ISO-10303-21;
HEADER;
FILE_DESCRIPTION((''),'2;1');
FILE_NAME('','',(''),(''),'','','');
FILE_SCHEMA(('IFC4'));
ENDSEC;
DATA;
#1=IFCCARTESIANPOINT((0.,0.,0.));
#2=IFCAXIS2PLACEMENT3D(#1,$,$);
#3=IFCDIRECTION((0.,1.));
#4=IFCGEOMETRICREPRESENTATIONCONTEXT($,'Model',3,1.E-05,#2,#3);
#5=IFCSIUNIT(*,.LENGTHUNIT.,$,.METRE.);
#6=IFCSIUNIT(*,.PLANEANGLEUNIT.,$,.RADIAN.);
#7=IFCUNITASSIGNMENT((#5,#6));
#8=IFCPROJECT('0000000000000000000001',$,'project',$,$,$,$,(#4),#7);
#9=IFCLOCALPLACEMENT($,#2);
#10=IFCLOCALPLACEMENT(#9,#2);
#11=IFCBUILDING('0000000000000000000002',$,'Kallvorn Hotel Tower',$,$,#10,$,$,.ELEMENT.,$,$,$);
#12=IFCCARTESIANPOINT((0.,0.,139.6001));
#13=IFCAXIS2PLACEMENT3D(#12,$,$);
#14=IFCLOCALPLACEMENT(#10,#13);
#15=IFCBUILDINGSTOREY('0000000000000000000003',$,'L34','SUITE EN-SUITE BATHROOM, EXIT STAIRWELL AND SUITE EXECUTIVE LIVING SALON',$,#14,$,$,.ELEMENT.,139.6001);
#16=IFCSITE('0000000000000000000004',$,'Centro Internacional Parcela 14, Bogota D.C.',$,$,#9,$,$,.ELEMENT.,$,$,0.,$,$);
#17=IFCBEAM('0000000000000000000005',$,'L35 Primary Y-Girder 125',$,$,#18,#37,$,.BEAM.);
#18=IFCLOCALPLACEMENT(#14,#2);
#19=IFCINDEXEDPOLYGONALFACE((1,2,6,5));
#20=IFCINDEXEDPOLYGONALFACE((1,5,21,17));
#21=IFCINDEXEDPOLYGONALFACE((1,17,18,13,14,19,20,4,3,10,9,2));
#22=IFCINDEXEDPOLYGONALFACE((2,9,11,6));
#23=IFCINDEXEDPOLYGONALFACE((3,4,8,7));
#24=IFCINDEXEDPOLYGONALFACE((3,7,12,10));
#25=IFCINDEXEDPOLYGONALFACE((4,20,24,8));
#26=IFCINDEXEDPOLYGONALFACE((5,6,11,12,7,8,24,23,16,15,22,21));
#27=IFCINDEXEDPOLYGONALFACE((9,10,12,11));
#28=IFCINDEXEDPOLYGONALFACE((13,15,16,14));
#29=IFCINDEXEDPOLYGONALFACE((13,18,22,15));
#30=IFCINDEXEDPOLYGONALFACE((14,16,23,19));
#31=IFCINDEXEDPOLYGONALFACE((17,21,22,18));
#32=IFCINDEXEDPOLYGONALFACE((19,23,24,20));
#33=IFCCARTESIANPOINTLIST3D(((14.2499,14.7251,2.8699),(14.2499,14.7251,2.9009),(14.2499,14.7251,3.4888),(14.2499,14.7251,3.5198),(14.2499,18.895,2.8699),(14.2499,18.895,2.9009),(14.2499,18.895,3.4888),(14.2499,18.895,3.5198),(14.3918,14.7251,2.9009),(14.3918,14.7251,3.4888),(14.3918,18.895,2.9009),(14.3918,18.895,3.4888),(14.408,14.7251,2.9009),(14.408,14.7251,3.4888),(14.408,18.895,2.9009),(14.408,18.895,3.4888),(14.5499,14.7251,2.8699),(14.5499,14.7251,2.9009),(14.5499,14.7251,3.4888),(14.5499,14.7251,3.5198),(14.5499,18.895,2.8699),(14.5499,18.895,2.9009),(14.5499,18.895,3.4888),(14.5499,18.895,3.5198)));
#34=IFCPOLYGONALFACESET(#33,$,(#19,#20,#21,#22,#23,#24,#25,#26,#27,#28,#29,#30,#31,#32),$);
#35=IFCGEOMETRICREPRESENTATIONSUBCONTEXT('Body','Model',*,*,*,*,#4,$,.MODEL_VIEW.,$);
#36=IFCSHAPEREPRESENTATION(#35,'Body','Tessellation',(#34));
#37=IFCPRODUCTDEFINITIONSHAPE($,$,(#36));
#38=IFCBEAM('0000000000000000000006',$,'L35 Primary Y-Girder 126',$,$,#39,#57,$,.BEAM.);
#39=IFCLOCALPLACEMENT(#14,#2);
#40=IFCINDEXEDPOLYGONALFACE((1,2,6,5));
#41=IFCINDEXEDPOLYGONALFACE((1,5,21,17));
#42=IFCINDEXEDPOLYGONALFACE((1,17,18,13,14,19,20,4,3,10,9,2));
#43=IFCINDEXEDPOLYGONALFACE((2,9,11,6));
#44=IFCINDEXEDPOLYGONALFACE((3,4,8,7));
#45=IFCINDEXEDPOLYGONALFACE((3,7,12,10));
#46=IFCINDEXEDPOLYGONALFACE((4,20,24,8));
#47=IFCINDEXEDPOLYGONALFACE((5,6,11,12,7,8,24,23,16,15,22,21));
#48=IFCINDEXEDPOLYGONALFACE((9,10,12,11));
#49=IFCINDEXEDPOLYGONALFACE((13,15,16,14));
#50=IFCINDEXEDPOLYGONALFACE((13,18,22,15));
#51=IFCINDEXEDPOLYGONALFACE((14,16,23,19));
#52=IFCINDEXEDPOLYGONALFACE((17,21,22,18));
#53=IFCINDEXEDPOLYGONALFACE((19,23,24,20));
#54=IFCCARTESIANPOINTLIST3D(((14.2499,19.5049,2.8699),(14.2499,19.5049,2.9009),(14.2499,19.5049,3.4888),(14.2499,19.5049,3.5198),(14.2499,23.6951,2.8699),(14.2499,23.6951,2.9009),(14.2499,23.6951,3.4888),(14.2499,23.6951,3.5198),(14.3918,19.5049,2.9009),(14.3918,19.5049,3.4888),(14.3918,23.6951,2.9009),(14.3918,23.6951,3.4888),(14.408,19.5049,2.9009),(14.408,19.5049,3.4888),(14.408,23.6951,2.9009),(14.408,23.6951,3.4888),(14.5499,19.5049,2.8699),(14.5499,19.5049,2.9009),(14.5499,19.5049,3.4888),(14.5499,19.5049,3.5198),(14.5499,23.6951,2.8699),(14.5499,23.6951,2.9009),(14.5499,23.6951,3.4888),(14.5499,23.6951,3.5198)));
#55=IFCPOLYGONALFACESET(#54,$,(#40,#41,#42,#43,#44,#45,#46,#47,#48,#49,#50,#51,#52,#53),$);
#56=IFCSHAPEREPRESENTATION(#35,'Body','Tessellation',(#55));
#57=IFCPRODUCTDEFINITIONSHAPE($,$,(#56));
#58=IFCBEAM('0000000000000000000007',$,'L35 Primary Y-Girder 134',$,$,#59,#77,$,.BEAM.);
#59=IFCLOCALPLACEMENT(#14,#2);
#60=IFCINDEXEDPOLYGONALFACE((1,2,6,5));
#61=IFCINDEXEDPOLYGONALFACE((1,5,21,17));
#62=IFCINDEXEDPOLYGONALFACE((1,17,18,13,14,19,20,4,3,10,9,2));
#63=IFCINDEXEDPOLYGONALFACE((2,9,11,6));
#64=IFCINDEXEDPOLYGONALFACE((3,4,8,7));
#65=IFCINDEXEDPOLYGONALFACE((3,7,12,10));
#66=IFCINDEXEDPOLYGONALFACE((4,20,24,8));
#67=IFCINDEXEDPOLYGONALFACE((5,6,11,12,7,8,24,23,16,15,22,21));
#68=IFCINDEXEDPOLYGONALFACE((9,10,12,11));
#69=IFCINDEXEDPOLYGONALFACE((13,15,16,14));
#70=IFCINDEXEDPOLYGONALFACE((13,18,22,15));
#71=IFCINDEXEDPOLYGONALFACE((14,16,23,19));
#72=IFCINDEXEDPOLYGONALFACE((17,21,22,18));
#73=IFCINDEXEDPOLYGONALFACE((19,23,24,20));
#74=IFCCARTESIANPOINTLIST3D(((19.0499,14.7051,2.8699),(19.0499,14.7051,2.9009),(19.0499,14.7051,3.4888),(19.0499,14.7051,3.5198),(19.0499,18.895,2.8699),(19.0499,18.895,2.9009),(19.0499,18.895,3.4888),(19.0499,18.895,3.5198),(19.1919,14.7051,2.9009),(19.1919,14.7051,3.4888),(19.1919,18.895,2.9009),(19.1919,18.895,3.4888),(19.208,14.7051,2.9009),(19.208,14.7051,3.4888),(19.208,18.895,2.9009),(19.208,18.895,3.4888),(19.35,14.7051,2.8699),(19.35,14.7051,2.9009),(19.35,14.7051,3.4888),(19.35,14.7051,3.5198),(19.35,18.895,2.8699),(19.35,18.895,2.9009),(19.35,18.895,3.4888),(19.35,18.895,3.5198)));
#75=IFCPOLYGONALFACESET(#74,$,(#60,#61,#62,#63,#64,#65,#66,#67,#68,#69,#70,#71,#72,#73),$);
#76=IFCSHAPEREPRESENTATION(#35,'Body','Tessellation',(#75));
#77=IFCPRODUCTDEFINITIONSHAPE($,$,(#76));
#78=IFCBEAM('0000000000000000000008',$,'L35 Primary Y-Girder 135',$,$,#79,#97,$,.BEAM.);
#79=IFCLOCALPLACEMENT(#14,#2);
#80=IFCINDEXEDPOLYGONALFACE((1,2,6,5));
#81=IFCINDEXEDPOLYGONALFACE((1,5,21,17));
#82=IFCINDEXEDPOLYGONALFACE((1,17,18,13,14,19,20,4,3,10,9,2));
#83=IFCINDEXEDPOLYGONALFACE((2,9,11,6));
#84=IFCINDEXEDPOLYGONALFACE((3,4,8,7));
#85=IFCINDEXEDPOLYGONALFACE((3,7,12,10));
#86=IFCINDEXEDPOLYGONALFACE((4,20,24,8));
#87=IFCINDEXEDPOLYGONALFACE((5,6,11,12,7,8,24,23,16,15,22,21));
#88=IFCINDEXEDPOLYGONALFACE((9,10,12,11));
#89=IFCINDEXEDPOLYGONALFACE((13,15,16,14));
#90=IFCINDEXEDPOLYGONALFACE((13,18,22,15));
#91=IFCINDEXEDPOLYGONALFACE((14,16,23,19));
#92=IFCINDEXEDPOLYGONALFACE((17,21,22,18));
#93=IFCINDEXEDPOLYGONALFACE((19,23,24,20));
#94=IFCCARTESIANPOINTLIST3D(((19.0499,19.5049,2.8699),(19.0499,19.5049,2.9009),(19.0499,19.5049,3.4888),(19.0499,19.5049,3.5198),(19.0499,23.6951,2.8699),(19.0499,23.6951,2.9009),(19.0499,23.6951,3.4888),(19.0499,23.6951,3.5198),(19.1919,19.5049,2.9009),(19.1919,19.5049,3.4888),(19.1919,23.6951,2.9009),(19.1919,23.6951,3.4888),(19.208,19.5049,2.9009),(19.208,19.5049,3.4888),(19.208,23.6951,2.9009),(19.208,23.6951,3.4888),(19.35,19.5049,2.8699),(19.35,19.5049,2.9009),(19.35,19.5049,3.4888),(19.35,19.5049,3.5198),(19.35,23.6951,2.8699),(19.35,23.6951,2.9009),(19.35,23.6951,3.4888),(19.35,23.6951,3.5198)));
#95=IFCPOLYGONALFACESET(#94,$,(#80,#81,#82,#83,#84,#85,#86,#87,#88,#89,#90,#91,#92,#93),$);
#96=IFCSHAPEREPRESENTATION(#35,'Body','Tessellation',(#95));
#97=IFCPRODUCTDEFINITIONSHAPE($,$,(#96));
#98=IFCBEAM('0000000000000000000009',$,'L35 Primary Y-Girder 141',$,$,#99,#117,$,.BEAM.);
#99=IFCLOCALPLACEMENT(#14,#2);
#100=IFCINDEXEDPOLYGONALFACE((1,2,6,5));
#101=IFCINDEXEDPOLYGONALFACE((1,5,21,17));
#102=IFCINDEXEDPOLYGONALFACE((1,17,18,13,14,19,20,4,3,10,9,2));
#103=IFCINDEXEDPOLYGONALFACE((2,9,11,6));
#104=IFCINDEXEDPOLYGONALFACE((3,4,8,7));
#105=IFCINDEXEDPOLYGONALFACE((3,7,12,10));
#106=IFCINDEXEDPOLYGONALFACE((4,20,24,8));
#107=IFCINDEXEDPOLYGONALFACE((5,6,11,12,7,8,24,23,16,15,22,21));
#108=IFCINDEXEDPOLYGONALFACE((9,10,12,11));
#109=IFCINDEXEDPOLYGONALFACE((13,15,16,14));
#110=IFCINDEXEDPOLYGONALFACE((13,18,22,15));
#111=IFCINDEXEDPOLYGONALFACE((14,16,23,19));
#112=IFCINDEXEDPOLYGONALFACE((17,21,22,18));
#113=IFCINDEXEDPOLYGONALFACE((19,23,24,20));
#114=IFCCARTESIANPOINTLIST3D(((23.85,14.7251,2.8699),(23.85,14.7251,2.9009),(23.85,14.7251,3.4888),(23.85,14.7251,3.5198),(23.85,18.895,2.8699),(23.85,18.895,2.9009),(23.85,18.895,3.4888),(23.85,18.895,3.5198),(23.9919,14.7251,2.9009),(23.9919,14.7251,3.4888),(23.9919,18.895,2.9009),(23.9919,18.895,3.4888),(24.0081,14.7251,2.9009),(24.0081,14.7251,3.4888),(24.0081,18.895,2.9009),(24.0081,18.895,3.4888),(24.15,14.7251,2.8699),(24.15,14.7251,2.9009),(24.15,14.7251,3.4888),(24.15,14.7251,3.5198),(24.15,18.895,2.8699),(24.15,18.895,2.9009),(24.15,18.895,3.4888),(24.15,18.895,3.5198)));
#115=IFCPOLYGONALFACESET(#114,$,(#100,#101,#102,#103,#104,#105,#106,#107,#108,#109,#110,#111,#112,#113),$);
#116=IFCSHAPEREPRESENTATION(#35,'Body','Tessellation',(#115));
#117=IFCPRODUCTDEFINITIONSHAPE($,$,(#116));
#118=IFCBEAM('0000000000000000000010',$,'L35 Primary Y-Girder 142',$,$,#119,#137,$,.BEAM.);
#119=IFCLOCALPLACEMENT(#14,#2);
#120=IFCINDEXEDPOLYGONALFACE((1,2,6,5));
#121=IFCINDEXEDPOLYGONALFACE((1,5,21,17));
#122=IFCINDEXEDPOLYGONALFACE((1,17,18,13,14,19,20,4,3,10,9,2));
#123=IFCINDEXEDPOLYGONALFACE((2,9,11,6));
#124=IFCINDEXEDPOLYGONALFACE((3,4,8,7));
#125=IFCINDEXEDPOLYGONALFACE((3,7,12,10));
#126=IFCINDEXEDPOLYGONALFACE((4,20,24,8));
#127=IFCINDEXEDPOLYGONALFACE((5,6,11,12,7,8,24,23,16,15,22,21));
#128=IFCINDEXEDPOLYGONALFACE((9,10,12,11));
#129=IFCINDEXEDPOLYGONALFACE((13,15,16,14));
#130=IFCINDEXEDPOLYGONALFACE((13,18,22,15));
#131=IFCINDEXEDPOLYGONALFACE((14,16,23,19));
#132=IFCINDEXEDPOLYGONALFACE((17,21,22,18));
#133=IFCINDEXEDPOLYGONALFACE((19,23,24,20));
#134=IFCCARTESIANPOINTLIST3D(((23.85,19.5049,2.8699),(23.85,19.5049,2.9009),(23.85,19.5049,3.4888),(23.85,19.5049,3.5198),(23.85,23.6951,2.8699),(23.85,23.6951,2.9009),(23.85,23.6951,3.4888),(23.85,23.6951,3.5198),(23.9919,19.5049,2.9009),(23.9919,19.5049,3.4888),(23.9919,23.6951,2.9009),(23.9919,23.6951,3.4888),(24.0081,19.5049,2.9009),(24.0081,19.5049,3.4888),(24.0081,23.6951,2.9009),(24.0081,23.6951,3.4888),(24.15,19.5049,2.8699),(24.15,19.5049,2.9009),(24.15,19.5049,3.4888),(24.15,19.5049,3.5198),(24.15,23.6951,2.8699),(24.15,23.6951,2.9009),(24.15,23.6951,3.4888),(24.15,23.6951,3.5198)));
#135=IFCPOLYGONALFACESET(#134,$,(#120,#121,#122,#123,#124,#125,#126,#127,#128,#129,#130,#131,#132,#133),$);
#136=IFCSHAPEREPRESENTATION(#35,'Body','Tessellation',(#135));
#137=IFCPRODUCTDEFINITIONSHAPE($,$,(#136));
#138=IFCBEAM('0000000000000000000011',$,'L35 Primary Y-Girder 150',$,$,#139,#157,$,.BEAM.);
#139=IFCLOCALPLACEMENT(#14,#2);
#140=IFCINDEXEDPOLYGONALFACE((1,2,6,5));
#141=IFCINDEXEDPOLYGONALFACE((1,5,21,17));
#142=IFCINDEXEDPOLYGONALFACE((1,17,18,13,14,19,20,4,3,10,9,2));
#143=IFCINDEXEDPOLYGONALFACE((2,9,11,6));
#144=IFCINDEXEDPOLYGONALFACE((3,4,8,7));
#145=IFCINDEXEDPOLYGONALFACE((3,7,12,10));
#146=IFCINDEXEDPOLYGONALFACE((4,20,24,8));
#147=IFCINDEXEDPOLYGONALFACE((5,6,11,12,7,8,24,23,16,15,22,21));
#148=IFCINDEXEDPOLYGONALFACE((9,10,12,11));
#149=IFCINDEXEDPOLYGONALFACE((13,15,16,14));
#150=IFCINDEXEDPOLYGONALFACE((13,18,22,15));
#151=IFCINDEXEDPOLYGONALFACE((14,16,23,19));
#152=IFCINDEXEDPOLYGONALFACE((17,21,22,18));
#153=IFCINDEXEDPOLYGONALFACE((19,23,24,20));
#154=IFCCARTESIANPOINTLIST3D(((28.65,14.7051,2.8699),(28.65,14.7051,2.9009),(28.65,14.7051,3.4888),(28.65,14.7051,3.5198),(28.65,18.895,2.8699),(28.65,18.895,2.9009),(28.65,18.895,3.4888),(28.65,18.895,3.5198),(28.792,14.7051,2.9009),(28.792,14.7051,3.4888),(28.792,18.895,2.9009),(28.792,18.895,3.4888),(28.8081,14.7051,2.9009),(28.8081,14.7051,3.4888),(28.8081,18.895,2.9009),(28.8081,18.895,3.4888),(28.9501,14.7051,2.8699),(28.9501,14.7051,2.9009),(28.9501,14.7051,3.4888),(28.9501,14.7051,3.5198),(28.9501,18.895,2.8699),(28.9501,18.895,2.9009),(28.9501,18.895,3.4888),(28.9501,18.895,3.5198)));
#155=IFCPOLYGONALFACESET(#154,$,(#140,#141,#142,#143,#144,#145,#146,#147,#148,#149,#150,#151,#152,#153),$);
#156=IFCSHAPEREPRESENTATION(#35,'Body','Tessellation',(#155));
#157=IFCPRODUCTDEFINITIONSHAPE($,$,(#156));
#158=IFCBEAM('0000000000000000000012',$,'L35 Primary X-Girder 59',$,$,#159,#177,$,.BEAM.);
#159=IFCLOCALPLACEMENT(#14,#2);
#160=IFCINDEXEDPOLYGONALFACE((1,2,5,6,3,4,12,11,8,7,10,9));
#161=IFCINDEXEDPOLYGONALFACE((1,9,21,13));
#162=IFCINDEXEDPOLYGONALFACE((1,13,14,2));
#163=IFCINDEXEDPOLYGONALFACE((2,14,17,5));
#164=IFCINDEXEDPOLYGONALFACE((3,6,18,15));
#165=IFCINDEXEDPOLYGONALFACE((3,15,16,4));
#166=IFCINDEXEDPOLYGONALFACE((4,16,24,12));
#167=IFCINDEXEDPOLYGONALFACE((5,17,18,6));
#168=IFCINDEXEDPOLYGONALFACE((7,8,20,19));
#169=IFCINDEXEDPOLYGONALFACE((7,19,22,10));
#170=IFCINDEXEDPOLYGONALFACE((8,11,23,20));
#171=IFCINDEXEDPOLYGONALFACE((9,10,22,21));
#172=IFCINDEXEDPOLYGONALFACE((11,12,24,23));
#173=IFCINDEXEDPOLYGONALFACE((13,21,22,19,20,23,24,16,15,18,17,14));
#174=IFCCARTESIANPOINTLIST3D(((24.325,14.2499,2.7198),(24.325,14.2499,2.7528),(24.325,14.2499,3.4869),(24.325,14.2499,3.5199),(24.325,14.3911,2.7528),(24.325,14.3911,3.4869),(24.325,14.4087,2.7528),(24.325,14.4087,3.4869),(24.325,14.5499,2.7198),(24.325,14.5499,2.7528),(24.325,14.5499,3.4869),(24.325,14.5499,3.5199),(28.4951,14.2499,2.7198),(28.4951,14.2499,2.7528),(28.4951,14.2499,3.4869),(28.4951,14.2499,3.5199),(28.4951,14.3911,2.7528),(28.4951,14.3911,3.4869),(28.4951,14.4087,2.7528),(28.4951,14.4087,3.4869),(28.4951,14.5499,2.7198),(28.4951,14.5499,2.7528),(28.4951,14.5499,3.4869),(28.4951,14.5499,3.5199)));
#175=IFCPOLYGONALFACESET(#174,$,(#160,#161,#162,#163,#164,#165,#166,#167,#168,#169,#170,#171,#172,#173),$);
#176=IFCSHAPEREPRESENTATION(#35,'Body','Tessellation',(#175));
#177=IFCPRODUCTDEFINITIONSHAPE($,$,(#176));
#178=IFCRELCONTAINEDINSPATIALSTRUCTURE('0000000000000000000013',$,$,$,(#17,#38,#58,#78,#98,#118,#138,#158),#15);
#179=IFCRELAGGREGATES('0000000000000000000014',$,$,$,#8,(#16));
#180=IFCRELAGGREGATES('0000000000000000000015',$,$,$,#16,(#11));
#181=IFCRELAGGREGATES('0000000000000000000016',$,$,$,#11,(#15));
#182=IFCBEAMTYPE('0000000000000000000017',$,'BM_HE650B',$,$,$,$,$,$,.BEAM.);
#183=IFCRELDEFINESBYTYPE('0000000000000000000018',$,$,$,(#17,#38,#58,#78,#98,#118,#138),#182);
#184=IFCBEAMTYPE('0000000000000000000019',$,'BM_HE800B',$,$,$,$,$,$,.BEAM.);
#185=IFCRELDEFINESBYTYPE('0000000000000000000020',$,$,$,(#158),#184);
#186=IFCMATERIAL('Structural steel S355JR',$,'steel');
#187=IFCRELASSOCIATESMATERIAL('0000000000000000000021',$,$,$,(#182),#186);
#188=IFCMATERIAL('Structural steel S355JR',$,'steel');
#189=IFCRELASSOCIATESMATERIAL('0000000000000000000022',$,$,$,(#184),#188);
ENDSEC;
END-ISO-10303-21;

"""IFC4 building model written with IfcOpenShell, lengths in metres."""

from ifc_helpers import new_model, si_unit, direction, frame, origin, origin_2d, place, context, subcontext, project, spatial, i_section, extrude, material, material_profile, profile_set, type_object, element, save


model = new_model("IFC4")

# Units and contexts
model_context = context("Model", 3, precision=1e-05, world=origin(), true_north=direction((0.0, 1.0)))
body_context = subcontext(model_context, "Body", "Model", "MODEL_VIEW")
ifc_project = project(units=[si_unit("LENGTHUNIT", "METRE"), si_unit("PLANEANGLEUNIT", "RADIAN")], contexts=[model_context])

# Site, building, storey
site_placement = place(None, origin())
site = spatial("IfcSite", under=ifc_project, at=site_placement, Name="Centro Internacional Parcela 14, Bogota D.C.", CompositionType="ELEMENT", RefElevation=0.0)
building_placement = place(site_placement, origin())
building = spatial("IfcBuilding", under=site, at=building_placement, Name="Kallvorn Hotel Tower", CompositionType="ELEMENT")
storey_placement = place(building_placement, frame((0.0, 0.0, 139.6001)))
storey = spatial("IfcBuildingStorey", under=building, at=storey_placement, Name="L34", Description="SUITE EN-SUITE BATHROOM, EXIT STAIRWELL AND SUITE EXECUTIVE LIVING SALON", CompositionType="ELEMENT", Elevation=139.6001)

# Beams
ifc_material_1 = material(Name="Structural steel S355JR", Category="steel")
ifc_material_profile_1 = material_profile(ifc_material_1, i_section(OverallWidth=0.3, OverallDepth=0.6499, WebThickness=0.0161, FlangeThickness=0.031, at=origin_2d()), Name="HE 650 B")
ifc_profile_set_1 = profile_set([ifc_material_profile_1], Name="Structural steel S355JR")
beam_type_1 = type_object("IfcBeamType", Name="BM_HE650B", PredefinedType="BEAM", material=ifc_profile_set_1)
beam_1_placement = place(storey_placement, frame((14.3999, 14.7251, 3.1948), z_axis=(0.0, 1.0, 0.0), x_axis=(-1.0, 0.0, 0.0)))
element("IfcBeam", 1, at=beam_1_placement, inside=storey, type_object=beam_type_1, Name="L35 Primary Y-Girder 125", PredefinedType="BEAM", context=body_context, shape_type="SweptSolid", body=[
    extrude(i_section(OverallWidth=0.3, OverallDepth=0.6499, WebThickness=0.0161, FlangeThickness=0.031, at=origin_2d()), origin(), (0.0, 0.0, 1.0), 4.1699),
])
beam_2_placement = place(storey_placement, frame((14.3999, 19.5049, 3.1948), z_axis=(0.0, 1.0, 0.0), x_axis=(-1.0, 0.0, 0.0)))
element("IfcBeam", 2, at=beam_2_placement, inside=storey, type_object=beam_type_1, Name="L35 Primary Y-Girder 126", PredefinedType="BEAM", context=body_context, shape_type="SweptSolid", body=[
    extrude(i_section(OverallWidth=0.3, OverallDepth=0.6499, WebThickness=0.0161, FlangeThickness=0.031, at=origin_2d()), origin(), (0.0, 0.0, 1.0), 4.1902),
])
beam_3_placement = place(storey_placement, frame((19.2, 14.7051, 3.1948), z_axis=(0.0, 1.0, 0.0), x_axis=(-1.0, 0.0, 0.0)))
element("IfcBeam", 3, at=beam_3_placement, inside=storey, type_object=beam_type_1, Name="L35 Primary Y-Girder 134", PredefinedType="BEAM", context=body_context, shape_type="SweptSolid", body=[
    extrude(i_section(OverallWidth=0.3, OverallDepth=0.6499, WebThickness=0.0161, FlangeThickness=0.031, at=origin_2d()), origin(), (0.0, 0.0, 1.0), 4.1899),
])
beam_4_placement = place(storey_placement, frame((19.2, 19.5049, 3.1948), z_axis=(0.0, 1.0, 0.0), x_axis=(-1.0, 0.0, 0.0)))
element("IfcBeam", 4, at=beam_4_placement, inside=storey, type_object=beam_type_1, Name="L35 Primary Y-Girder 135", PredefinedType="BEAM", context=body_context, shape_type="SweptSolid", body=[
    extrude(i_section(OverallWidth=0.3, OverallDepth=0.6499, WebThickness=0.0161, FlangeThickness=0.031, at=origin_2d()), origin(), (0.0, 0.0, 1.0), 4.1902),
])
beam_5_placement = place(storey_placement, frame((24.0, 14.7251, 3.1948), z_axis=(0.0, 1.0, 0.0), x_axis=(-1.0, 0.0, 0.0)))
element("IfcBeam", 5, at=beam_5_placement, inside=storey, type_object=beam_type_1, Name="L35 Primary Y-Girder 141", PredefinedType="BEAM", context=body_context, shape_type="SweptSolid", body=[
    extrude(i_section(OverallWidth=0.3, OverallDepth=0.6499, WebThickness=0.0161, FlangeThickness=0.031, at=origin_2d()), origin(), (0.0, 0.0, 1.0), 4.1699),
])
beam_6_placement = place(storey_placement, frame((24.0, 19.5049, 3.1948), z_axis=(0.0, 1.0, 0.0), x_axis=(-1.0, 0.0, 0.0)))
element("IfcBeam", 6, at=beam_6_placement, inside=storey, type_object=beam_type_1, Name="L35 Primary Y-Girder 142", PredefinedType="BEAM", context=body_context, shape_type="SweptSolid", body=[
    extrude(i_section(OverallWidth=0.3, OverallDepth=0.6499, WebThickness=0.0161, FlangeThickness=0.031, at=origin_2d()), origin(), (0.0, 0.0, 1.0), 4.1902),
])
beam_7_placement = place(storey_placement, frame((28.8, 14.7051, 3.1948), z_axis=(0.0, 1.0, 0.0), x_axis=(-1.0, 0.0, 0.0)))
element("IfcBeam", 7, at=beam_7_placement, inside=storey, type_object=beam_type_1, Name="L35 Primary Y-Girder 150", PredefinedType="BEAM", context=body_context, shape_type="SweptSolid", body=[
    extrude(i_section(OverallWidth=0.3, OverallDepth=0.6499, WebThickness=0.0161, FlangeThickness=0.031, at=origin_2d()), origin(), (0.0, 0.0, 1.0), 4.1899),
])
ifc_material_2 = material(Name="Structural steel S355JR", Category="steel")
ifc_material_profile_2 = material_profile(ifc_material_2, i_section(OverallWidth=0.3, OverallDepth=0.8, WebThickness=0.0176, FlangeThickness=0.033, at=origin_2d()), Name="HE 800 B")
ifc_profile_set_2 = profile_set([ifc_material_profile_2], Name="Structural steel S355JR")
beam_type_2 = type_object("IfcBeamType", Name="BM_HE800B", PredefinedType="BEAM", material=ifc_profile_set_2)
beam_8_placement = place(storey_placement, frame((24.325, 14.3999, 3.1199), z_axis=(1.0, 0.0, 0.0), x_axis=(0.0, 1.0, 0.0)))
element("IfcBeam", 8, at=beam_8_placement, inside=storey, type_object=beam_type_2, Name="L35 Primary X-Girder 59", PredefinedType="BEAM", context=body_context, shape_type="SweptSolid", body=[
    extrude(i_section(OverallWidth=0.3, OverallDepth=0.8, WebThickness=0.0176, FlangeThickness=0.033, at=origin_2d()), origin(), (0.0, 0.0, 1.0), 4.1702),
])

save(model, "model.ifc")
